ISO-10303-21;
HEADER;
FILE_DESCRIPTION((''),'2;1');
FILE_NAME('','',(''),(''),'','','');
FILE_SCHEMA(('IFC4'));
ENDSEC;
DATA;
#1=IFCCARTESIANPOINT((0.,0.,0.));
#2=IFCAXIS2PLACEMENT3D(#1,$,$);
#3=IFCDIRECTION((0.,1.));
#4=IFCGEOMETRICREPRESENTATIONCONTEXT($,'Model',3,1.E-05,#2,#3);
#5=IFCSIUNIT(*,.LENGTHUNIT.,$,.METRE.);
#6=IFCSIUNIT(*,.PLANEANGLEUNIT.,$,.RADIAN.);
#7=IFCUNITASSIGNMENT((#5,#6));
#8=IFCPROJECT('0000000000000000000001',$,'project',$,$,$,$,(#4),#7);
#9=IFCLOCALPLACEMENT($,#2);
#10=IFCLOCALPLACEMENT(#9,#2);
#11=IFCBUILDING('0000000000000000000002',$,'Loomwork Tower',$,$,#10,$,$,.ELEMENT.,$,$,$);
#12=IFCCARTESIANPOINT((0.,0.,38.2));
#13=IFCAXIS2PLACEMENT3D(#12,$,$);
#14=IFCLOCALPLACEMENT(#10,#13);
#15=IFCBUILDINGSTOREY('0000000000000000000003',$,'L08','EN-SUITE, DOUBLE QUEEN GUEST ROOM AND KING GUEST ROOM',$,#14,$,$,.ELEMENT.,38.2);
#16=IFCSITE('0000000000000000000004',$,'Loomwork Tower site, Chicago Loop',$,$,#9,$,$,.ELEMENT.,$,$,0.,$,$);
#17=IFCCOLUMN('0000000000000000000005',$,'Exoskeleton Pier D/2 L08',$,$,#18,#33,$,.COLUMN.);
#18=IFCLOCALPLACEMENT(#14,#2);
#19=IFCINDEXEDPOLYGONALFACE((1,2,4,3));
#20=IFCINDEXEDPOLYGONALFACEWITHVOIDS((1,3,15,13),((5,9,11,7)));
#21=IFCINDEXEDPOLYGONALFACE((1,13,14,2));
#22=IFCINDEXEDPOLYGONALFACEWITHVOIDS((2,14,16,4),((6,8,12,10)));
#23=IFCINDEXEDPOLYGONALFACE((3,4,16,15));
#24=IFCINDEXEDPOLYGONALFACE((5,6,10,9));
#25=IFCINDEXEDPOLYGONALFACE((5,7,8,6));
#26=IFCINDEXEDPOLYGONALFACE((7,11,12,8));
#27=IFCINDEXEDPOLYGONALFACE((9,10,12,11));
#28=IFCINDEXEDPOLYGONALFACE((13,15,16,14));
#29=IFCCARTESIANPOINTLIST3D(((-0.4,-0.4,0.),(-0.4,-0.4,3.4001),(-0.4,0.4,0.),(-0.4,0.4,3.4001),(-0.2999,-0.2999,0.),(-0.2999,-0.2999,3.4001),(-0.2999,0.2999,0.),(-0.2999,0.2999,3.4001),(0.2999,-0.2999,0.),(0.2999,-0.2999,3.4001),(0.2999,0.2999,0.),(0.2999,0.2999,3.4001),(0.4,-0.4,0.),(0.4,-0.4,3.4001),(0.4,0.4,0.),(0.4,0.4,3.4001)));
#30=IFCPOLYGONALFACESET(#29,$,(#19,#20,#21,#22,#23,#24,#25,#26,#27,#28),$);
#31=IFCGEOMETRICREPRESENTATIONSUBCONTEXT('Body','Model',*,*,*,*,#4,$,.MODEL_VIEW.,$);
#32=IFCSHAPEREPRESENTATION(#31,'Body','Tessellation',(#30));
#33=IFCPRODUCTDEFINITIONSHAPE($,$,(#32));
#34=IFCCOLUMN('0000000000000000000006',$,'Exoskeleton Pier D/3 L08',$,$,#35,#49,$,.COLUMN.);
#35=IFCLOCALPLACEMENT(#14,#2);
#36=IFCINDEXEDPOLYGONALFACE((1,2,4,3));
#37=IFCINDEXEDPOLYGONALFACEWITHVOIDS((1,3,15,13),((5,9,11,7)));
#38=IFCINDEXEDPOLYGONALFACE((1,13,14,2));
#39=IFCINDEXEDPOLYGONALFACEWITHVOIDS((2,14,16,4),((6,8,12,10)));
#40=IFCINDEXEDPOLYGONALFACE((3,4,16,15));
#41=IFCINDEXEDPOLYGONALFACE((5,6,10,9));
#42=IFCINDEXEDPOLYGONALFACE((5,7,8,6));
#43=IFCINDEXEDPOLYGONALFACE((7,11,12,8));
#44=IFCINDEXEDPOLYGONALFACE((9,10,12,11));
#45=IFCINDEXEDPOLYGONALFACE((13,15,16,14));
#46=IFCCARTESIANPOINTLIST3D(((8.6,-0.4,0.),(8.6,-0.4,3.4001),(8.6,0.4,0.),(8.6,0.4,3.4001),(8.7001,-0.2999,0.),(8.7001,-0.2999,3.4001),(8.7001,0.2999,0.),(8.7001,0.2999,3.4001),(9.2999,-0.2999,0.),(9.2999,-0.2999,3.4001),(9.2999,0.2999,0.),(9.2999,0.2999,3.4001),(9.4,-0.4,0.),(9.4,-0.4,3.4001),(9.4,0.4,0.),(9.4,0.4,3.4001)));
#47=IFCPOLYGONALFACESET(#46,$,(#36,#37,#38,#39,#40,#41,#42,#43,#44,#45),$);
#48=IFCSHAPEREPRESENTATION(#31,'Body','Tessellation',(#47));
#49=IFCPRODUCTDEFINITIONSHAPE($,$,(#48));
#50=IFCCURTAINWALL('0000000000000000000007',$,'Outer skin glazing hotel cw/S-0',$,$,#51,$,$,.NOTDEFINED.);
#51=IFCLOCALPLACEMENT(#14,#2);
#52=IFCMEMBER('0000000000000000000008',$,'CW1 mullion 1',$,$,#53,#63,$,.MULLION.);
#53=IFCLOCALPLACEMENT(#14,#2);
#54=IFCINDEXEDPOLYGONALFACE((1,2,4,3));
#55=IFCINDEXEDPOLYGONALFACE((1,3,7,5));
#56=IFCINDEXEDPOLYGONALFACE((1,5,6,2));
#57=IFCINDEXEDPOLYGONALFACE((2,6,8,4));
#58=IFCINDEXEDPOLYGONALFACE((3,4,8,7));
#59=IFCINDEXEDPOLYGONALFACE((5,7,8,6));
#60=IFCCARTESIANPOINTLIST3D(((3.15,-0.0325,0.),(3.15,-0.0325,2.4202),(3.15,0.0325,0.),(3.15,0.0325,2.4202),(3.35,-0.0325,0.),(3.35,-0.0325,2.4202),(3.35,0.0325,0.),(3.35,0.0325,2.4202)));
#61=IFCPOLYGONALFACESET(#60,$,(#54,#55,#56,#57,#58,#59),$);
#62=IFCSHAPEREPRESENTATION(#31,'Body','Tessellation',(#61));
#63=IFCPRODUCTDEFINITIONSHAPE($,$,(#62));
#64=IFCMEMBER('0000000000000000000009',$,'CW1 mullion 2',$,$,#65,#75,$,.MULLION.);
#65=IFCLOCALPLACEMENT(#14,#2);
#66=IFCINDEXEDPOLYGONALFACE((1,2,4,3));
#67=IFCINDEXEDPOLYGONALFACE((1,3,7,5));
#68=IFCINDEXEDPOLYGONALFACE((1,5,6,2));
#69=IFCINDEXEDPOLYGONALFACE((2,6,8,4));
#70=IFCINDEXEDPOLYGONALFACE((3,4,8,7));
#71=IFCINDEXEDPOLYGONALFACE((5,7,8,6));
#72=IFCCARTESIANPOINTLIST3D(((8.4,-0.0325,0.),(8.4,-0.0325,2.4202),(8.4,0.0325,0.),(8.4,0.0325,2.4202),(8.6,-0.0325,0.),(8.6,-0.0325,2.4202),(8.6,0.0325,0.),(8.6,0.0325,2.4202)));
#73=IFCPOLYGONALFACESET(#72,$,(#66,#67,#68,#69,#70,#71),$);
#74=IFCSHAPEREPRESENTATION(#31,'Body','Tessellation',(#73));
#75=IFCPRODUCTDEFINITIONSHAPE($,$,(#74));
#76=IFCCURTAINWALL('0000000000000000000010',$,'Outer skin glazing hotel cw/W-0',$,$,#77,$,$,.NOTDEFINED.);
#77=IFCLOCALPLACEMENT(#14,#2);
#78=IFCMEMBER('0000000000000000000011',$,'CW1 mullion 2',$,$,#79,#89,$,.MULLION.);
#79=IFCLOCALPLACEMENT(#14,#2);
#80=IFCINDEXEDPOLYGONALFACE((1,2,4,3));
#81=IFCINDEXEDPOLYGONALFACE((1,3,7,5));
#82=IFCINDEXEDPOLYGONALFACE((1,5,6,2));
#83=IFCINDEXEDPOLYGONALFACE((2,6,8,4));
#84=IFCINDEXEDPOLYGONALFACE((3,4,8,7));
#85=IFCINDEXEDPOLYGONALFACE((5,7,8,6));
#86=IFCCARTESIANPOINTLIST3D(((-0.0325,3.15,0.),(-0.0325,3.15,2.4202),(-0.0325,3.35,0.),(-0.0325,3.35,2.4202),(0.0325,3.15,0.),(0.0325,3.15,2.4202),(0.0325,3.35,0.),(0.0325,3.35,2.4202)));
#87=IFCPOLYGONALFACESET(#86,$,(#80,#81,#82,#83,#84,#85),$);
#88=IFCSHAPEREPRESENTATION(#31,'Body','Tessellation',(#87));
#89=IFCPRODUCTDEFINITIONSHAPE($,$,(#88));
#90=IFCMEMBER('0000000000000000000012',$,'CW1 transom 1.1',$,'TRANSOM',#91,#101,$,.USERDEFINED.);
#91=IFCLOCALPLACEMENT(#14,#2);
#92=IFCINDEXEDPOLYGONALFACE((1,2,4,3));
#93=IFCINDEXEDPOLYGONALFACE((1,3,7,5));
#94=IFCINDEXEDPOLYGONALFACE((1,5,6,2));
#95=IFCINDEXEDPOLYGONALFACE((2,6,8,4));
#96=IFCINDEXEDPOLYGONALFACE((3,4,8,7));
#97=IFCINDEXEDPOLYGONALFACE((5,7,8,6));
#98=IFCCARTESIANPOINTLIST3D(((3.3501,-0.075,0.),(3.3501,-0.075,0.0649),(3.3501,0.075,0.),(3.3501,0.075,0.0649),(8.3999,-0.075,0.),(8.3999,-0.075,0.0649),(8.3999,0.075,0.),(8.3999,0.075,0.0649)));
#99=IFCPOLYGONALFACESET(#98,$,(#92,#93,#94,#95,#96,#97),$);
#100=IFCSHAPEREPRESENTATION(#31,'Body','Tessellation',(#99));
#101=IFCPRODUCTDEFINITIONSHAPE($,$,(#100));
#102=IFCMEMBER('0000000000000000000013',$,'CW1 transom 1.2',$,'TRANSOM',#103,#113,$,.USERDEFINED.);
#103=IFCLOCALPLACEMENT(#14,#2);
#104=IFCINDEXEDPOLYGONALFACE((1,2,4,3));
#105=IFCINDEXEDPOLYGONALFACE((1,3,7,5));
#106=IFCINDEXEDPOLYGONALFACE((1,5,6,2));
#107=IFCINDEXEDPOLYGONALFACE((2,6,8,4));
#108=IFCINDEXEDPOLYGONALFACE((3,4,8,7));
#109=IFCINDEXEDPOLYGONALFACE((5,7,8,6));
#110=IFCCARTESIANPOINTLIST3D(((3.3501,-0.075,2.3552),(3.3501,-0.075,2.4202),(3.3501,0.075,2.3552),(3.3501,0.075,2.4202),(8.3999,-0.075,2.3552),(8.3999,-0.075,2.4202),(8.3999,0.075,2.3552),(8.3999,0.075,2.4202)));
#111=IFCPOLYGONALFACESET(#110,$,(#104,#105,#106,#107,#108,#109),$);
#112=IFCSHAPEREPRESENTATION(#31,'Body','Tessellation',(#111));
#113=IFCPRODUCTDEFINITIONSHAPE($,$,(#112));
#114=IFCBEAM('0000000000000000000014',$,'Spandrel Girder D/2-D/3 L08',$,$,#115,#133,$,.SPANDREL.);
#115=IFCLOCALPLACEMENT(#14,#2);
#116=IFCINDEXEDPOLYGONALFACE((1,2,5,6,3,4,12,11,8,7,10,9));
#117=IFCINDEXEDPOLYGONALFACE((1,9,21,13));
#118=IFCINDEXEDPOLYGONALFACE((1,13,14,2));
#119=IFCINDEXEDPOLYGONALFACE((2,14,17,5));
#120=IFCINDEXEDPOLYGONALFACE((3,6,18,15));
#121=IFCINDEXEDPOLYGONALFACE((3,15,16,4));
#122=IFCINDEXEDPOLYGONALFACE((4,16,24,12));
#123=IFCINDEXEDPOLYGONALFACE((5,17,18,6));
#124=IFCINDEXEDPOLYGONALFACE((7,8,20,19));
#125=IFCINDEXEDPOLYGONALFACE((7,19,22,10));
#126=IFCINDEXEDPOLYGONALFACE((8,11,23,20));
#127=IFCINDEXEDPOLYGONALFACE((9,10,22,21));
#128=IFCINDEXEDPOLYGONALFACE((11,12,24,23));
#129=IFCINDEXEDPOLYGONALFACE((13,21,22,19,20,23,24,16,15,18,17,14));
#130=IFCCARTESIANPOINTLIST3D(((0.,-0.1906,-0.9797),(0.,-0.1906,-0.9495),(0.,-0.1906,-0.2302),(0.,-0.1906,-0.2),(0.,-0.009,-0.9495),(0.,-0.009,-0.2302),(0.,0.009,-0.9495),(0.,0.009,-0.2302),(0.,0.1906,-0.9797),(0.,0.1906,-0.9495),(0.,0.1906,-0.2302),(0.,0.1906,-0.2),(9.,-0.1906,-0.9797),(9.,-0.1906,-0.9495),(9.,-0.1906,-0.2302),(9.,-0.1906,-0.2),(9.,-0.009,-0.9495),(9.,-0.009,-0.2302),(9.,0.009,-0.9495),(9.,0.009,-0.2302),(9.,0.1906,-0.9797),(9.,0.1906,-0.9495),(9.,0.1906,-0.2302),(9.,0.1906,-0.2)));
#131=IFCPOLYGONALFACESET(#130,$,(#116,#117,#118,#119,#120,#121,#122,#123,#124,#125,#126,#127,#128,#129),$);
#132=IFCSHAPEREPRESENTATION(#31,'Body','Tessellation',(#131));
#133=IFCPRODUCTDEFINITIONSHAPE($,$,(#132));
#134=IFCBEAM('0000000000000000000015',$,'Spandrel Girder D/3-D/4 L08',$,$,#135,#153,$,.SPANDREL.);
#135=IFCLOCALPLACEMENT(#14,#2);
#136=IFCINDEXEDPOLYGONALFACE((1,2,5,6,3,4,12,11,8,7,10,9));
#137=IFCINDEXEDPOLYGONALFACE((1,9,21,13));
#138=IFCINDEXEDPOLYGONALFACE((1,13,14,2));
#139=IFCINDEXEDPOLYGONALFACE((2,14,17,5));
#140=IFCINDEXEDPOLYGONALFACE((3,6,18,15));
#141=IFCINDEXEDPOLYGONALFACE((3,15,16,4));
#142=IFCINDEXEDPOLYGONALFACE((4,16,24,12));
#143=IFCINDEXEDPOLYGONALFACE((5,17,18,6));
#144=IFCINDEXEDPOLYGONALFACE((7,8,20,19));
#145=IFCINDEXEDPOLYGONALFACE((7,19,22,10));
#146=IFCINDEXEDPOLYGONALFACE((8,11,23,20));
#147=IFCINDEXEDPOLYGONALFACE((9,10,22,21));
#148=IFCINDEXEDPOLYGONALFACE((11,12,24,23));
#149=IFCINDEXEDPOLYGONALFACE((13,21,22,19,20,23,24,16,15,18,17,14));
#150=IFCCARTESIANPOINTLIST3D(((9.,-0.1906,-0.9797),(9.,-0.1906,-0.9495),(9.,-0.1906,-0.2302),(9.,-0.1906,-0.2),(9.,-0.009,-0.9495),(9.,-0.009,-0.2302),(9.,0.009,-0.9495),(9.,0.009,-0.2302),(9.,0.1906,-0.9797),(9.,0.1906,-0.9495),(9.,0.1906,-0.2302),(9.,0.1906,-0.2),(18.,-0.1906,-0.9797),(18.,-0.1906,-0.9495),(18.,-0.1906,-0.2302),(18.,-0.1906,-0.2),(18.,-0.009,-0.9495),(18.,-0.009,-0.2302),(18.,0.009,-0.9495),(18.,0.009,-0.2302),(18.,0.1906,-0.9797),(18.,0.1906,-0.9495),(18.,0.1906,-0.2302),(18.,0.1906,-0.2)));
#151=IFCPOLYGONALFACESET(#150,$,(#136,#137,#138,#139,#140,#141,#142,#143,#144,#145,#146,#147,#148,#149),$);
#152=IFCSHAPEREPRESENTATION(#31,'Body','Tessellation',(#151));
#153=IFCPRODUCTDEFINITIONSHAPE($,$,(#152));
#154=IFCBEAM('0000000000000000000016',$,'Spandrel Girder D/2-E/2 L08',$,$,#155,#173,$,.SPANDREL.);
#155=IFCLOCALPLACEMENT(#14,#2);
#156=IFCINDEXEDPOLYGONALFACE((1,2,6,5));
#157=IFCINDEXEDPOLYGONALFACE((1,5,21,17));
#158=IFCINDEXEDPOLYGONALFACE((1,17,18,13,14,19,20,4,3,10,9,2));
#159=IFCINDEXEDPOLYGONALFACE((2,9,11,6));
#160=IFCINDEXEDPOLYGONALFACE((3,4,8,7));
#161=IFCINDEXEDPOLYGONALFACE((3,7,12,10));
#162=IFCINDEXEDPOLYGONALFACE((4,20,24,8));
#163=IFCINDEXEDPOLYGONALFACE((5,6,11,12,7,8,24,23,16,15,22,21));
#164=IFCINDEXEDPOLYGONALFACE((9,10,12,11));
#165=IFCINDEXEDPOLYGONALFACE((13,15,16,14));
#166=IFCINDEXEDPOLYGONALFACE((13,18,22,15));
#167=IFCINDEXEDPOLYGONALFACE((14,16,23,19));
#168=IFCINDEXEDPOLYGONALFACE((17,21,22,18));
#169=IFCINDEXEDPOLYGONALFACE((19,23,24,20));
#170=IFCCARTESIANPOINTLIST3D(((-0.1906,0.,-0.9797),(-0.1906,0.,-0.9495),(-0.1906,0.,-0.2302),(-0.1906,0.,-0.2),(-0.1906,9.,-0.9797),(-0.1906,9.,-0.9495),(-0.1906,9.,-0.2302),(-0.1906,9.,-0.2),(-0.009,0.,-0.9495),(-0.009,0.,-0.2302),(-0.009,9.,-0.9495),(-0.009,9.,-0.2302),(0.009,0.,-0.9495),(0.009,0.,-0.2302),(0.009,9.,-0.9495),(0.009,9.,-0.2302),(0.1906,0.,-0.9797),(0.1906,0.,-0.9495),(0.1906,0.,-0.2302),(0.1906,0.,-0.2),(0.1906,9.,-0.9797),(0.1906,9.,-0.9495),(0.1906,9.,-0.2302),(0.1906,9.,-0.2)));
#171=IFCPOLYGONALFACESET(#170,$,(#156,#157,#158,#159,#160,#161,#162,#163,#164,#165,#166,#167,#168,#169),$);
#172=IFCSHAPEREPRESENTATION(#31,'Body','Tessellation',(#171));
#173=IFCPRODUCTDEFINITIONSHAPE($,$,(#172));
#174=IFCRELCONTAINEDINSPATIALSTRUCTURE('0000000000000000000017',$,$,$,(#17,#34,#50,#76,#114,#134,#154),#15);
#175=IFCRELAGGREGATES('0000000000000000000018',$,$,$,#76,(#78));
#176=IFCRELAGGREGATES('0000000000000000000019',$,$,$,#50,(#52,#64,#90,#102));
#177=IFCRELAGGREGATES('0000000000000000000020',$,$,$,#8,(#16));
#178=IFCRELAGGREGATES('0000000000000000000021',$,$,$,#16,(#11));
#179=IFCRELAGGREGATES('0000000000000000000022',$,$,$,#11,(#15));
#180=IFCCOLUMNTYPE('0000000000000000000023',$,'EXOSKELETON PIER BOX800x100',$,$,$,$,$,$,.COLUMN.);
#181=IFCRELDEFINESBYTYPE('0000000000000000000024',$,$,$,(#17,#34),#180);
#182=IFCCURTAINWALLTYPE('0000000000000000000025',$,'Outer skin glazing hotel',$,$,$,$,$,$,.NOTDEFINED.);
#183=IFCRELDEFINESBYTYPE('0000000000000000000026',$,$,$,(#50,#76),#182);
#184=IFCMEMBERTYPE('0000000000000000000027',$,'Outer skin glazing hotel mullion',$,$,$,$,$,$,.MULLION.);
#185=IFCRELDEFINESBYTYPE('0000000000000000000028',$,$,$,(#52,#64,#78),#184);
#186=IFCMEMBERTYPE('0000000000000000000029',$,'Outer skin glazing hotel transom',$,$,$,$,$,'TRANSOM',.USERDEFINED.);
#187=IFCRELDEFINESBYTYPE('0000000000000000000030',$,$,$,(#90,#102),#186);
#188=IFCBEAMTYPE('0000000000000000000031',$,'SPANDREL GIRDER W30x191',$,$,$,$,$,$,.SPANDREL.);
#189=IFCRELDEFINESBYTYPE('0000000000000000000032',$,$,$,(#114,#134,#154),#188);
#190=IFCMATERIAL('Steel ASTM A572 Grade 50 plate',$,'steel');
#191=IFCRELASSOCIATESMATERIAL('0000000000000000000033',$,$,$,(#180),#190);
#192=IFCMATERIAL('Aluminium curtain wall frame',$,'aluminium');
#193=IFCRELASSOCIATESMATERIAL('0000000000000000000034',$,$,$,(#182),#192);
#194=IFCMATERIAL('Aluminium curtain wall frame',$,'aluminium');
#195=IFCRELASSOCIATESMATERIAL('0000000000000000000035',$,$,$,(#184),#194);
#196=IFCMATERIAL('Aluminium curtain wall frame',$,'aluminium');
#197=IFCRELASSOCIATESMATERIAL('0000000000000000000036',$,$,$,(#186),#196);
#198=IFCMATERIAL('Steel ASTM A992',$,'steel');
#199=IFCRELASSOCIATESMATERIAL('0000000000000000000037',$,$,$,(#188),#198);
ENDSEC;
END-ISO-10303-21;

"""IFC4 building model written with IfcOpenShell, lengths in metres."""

from ifc_helpers import new_model, si_unit, direction, frame, origin, origin_2d, place, context, subcontext, project, spatial, rectangle, hollow_rectangle, i_section, extrude, material, material_profile, profile_set, type_object, element, aggregate, save


model = new_model("IFC4")

# Units and contexts
model_context = context("Model", 3, precision=1e-05, world=origin(), true_north=direction((0.0, 1.0)))
body_context = subcontext(model_context, "Body", "Model", "MODEL_VIEW")
ifc_project = project(units=[si_unit("LENGTHUNIT", "METRE"), si_unit("PLANEANGLEUNIT", "RADIAN")], contexts=[model_context])

# Site, building, storey
site_placement = place(None, origin())
site = spatial("IfcSite", under=ifc_project, at=site_placement, Name="Loomwork Tower site, Chicago Loop", CompositionType="ELEMENT", RefElevation=0.0)
building_placement = place(site_placement, origin())
building = spatial("IfcBuilding", under=site, at=building_placement, Name="Loomwork Tower", CompositionType="ELEMENT")
storey_placement = place(building_placement, frame((0.0, 0.0, 38.2)))
storey = spatial("IfcBuildingStorey", under=building, at=storey_placement, Name="L08", Description="EN-SUITE, DOUBLE QUEEN GUEST ROOM AND KING GUEST ROOM", CompositionType="ELEMENT", Elevation=38.2)

# Columns
ifc_material_1 = material(Name="Steel ASTM A572 Grade 50 plate", Category="steel")
ifc_material_profile_1 = material_profile(ifc_material_1, hollow_rectangle(XDim=0.8, YDim=0.8, WallThickness=0.1001, at=origin_2d()), Name="BOX800x100")
ifc_profile_set_1 = profile_set([ifc_material_profile_1], Name="Steel ASTM A572 Grade 50 plate")
column_type = type_object("IfcColumnType", Name="EXOSKELETON PIER BOX800x100", PredefinedType="COLUMN", material=ifc_profile_set_1)
for number, where, z_axis, x_axis, name in (
    (1, (0.0, 0.0, 0.0), (0.0, 0.0, 1.0), (1.0, 0.0, 0.0), "Exoskeleton Pier D/2 L08"),
    (2, (9.0, 0.0, 0.0), (0.0, 0.0, 1.0), (1.0, 0.0, 0.0), "Exoskeleton Pier D/3 L08"),
):
    element("IfcColumn", number, at=place(storey_placement, frame(where, z_axis=z_axis, x_axis=x_axis)), inside=storey, type_object=column_type, Name=name, PredefinedType="COLUMN", context=body_context, shape_type="SweptSolid", body=[
        extrude(hollow_rectangle(XDim=0.8, YDim=0.8, WallThickness=0.1001, at=origin_2d()), origin(), (0.0, 0.0, 1.0), 3.4001),
    ])

# Curtain wall, members
ifc_material_2 = material(Name="Aluminium curtain wall frame", Category="aluminium")
curtain_wall_type = type_object("IfcCurtainWallType", Name="Outer skin glazing hotel", PredefinedType="NOTDEFINED", material=ifc_material_2)
curtain_wall_1_placement = place(storey_placement, origin())
curtain_wall_1 = element("IfcCurtainWall", 3, at=curtain_wall_1_placement, inside=storey, type_object=curtain_wall_type, Name="Outer skin glazing hotel cw/S-0", PredefinedType="NOTDEFINED")
ifc_material_3 = material(Name="Aluminium curtain wall frame", Category="aluminium")
ifc_material_profile_2 = material_profile(ifc_material_3, rectangle(XDim=0.0649, YDim=0.2, at=origin_2d()), Name="AL 65x200")
ifc_profile_set_2 = profile_set([ifc_material_profile_2], Name="Aluminium curtain wall frame")
member_type_1 = type_object("IfcMemberType", Name="Outer skin glazing hotel mullion", PredefinedType="MULLION", material=ifc_profile_set_2)
member_1_placement = place(storey_placement, frame((3.25, 0.0, 0.0), z_axis=(0.0, 0.0, 1.0), x_axis=(0.0, 1.0, 0.0)))
member_1 = element("IfcMember", 4, at=member_1_placement, type_object=member_type_1, Name="CW1 mullion 1", PredefinedType="MULLION", context=body_context, shape_type="SweptSolid", body=[
    extrude(rectangle(XDim=0.0649, YDim=0.2, at=origin_2d()), origin(), (0.0, 0.0, 1.0), 2.4202),
])
member_2_placement = place(storey_placement, frame((8.5, 0.0, 0.0), z_axis=(0.0, 0.0, 1.0), x_axis=(0.0, 1.0, 0.0)))
member_2 = element("IfcMember", 5, at=member_2_placement, type_object=member_type_1, Name="CW1 mullion 2", PredefinedType="MULLION", context=body_context, shape_type="SweptSolid", body=[
    extrude(rectangle(XDim=0.0649, YDim=0.2, at=origin_2d()), origin(), (0.0, 0.0, 1.0), 2.4202),
])

# Curtain wall, member
curtain_wall_2_placement = place(storey_placement, origin())
curtain_wall_2 = element("IfcCurtainWall", 6, at=curtain_wall_2_placement, inside=storey, type_object=curtain_wall_type, Name="Outer skin glazing hotel cw/W-0", PredefinedType="NOTDEFINED")
member_3_placement = place(storey_placement, frame((0.0, 3.25, 0.0), z_axis=(0.0, 0.0, 1.0), x_axis=(1.0, 0.0, 0.0)))
member_3 = element("IfcMember", 7, at=member_3_placement, type_object=member_type_1, Name="CW1 mullion 2", PredefinedType="MULLION", context=body_context, shape_type="SweptSolid", body=[
    extrude(rectangle(XDim=0.0649, YDim=0.2, at=origin_2d()), origin(), (0.0, 0.0, 1.0), 2.4202),
])
aggregate(curtain_wall_2, [member_3])

# Members
ifc_material_4 = material(Name="Aluminium curtain wall frame", Category="aluminium")
ifc_material_profile_3 = material_profile(ifc_material_4, rectangle(XDim=0.1499, YDim=0.0649, at=origin_2d()), Name="AL 65x150")
ifc_profile_set_3 = profile_set([ifc_material_profile_3], Name="Aluminium curtain wall frame")
member_type_2 = type_object("IfcMemberType", Name="Outer skin glazing hotel transom", ElementType="TRANSOM", PredefinedType="USERDEFINED", material=ifc_profile_set_3)
member_4_placement = place(storey_placement, frame((3.3501, 0.0, 0.0325), z_axis=(1.0, 0.0, 0.0), x_axis=(0.0, 1.0, 0.0)))
member_4 = element("IfcMember", 8, at=member_4_placement, type_object=member_type_2, Name="CW1 transom 1.1", ObjectType="TRANSOM", PredefinedType="USERDEFINED", context=body_context, shape_type="SweptSolid", body=[
    extrude(rectangle(XDim=0.1499, YDim=0.0649, at=origin_2d()), origin(), (0.0, 0.0, 1.0), 5.0498),
])
member_5_placement = place(storey_placement, frame((3.3501, 0.0, 2.3877), z_axis=(1.0, 0.0, 0.0), x_axis=(0.0, 1.0, 0.0)))
member_5 = element("IfcMember", 9, at=member_5_placement, type_object=member_type_2, Name="CW1 transom 1.2", ObjectType="TRANSOM", PredefinedType="USERDEFINED", context=body_context, shape_type="SweptSolid", body=[
    extrude(rectangle(XDim=0.1499, YDim=0.0649, at=origin_2d()), origin(), (0.0, 0.0, 1.0), 5.0498),
])

# Beams
ifc_material_5 = material(Name="Steel ASTM A992", Category="steel")
ifc_material_profile_4 = material_profile(ifc_material_5, i_section(OverallWidth=0.3811, OverallDepth=0.7798, WebThickness=0.0181, FlangeThickness=0.0303, at=origin_2d()), Name="W30x191")
ifc_profile_set_4 = profile_set([ifc_material_profile_4], Name="Steel ASTM A992")
beam_type = type_object("IfcBeamType", Name="SPANDREL GIRDER W30x191", PredefinedType="SPANDREL", material=ifc_profile_set_4)
for number, where, z_axis, x_axis, name in (
    (10, (0.0, 0.0, -0.5898), (1.0, 0.0, 0.0), (0.0, 1.0, 0.0), "Spandrel Girder D/2-D/3 L08"),
    (11, (9.0, 0.0, -0.5898), (1.0, 0.0, 0.0), (0.0, 1.0, 0.0), "Spandrel Girder D/3-D/4 L08"),
    (12, (0.0, 0.0, -0.5898), (0.0, 1.0, 0.0), (-1.0, 0.0, 0.0), "Spandrel Girder D/2-E/2 L08"),
):
    element("IfcBeam", number, at=place(storey_placement, frame(where, z_axis=z_axis, x_axis=x_axis)), inside=storey, type_object=beam_type, Name=name, PredefinedType="SPANDREL", context=body_context, shape_type="SweptSolid", body=[
        extrude(i_section(OverallWidth=0.3811, OverallDepth=0.7798, WebThickness=0.0181, FlangeThickness=0.0303, at=origin_2d()), origin(), (0.0, 0.0, 1.0), 9.0),
    ])

aggregate(curtain_wall_1, [member_1, member_2, member_4, member_5])

save(model, "model.ifc")
